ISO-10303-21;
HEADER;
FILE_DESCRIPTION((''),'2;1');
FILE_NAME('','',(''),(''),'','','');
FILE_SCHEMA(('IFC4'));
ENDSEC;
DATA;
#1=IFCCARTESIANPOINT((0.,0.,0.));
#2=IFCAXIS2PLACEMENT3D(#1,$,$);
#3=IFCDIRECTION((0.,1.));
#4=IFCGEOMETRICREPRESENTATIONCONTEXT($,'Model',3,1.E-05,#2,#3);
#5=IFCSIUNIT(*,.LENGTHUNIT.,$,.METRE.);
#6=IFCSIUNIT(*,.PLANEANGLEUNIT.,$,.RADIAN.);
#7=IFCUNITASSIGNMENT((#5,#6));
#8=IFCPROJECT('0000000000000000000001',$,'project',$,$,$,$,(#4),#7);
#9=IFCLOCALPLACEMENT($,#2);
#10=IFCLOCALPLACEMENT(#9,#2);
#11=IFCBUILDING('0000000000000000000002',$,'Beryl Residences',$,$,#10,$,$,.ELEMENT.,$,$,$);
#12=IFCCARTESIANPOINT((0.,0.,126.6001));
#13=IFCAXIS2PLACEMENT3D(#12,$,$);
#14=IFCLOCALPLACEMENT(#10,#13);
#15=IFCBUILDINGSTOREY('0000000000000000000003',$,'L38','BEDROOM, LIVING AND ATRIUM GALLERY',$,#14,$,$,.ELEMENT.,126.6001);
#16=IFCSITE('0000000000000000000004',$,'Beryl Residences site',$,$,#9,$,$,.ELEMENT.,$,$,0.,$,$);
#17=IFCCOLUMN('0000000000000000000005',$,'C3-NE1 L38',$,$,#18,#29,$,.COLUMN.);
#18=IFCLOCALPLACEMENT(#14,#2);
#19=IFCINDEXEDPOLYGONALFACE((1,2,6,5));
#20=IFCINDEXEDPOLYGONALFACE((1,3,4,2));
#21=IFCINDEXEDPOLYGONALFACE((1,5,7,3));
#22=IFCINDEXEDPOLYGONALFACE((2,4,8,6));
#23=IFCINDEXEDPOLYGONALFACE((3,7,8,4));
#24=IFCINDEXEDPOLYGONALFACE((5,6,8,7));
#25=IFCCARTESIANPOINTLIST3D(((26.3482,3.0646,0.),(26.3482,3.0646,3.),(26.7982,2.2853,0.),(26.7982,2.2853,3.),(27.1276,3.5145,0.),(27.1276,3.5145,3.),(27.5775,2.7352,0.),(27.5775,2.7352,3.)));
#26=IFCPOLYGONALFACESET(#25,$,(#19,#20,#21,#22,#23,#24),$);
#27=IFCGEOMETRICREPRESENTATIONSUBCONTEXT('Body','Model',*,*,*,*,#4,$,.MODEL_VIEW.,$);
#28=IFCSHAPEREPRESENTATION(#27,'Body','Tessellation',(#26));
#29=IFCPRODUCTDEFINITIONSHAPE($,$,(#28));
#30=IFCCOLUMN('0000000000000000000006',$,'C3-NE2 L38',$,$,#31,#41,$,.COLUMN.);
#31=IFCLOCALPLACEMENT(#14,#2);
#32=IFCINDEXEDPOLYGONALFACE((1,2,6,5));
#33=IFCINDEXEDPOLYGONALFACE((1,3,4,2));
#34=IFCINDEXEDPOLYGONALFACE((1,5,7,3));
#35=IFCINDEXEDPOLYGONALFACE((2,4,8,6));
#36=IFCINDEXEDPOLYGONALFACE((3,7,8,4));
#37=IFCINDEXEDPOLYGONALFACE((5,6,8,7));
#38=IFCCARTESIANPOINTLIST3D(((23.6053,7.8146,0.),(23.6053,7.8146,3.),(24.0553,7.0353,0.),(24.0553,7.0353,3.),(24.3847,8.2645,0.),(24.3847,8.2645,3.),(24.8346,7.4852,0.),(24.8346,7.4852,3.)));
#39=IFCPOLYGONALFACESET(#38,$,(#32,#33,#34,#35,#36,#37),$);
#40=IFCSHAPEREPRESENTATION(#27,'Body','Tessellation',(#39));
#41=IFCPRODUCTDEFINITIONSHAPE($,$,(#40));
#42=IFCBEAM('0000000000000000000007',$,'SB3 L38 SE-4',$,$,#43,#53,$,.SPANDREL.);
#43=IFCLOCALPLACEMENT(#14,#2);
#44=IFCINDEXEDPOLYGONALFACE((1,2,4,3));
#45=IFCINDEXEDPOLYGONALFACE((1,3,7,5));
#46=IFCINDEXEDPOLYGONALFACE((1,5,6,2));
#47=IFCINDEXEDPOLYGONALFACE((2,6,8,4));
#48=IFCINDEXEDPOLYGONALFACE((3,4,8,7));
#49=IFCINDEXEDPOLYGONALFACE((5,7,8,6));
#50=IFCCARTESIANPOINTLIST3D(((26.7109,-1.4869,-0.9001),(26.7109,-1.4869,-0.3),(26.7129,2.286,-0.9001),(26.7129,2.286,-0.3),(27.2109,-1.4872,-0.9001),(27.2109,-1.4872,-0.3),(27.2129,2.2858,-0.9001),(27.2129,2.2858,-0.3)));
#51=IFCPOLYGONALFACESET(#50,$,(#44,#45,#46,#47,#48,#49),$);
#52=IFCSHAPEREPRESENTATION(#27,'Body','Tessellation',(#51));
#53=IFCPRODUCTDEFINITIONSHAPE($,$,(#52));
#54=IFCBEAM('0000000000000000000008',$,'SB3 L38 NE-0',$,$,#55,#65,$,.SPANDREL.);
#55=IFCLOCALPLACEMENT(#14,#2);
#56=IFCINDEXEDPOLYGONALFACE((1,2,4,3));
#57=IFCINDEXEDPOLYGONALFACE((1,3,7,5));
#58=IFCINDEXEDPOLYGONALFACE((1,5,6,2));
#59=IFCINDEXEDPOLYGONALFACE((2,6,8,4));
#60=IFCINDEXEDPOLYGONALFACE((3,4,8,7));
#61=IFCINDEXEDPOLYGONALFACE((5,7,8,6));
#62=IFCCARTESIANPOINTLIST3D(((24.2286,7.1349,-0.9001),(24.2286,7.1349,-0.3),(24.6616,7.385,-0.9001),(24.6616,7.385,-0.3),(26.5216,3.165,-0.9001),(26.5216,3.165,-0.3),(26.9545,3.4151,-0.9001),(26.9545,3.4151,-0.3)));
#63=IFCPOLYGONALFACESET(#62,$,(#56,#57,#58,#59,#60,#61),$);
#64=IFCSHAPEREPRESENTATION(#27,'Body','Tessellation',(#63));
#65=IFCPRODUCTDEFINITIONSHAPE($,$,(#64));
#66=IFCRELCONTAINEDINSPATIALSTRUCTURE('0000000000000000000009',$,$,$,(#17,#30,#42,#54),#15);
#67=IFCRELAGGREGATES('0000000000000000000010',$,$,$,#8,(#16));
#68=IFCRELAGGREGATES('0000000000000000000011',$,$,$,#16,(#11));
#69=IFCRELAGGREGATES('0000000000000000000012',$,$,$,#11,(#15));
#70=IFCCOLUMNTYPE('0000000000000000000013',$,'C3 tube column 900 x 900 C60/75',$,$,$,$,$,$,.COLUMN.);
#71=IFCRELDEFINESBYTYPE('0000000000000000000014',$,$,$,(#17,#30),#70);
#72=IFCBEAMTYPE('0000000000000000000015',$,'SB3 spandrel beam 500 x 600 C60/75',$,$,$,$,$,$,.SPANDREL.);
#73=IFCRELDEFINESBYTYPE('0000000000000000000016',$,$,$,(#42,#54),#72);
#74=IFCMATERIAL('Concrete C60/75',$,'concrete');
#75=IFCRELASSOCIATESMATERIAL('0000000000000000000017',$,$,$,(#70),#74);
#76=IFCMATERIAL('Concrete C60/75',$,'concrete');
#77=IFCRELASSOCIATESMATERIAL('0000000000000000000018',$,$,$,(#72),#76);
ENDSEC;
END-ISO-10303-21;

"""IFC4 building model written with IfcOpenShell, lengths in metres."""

from ifc_helpers import new_model, si_unit, direction, frame, origin, origin_2d, place, context, subcontext, project, spatial, rectangle, extrude, material, material_profile, profile_set, type_object, element, save


model = new_model("IFC4")

# Units and contexts
model_context = context("Model", 3, precision=1e-05, world=origin(), true_north=direction((0.0, 1.0)))
body_context = subcontext(model_context, "Body", "Model", "MODEL_VIEW")
ifc_project = project(units=[si_unit("LENGTHUNIT", "METRE"), si_unit("PLANEANGLEUNIT", "RADIAN")], contexts=[model_context])

# Site, building, storey
site_placement = place(None, origin())
site = spatial("IfcSite", under=ifc_project, at=site_placement, Name="Beryl Residences site", CompositionType="ELEMENT", RefElevation=0.0)
building_placement = place(site_placement, origin())
building = spatial("IfcBuilding", under=site, at=building_placement, Name="Beryl Residences", CompositionType="ELEMENT")
storey_placement = place(building_placement, frame((0.0, 0.0, 126.6001)))
storey = spatial("IfcBuildingStorey", under=building, at=storey_placement, Name="L38", Description="BEDROOM, LIVING AND ATRIUM GALLERY", CompositionType="ELEMENT", Elevation=126.6001)

# Columns
ifc_material_1 = material(Name="Concrete C60/75", Category="concrete")
ifc_material_profile_1 = material_profile(ifc_material_1, rectangle(XDim=0.8999, YDim=0.8999, at=origin_2d()))
ifc_profile_set_1 = profile_set([ifc_material_profile_1], Name="Concrete C60/75")
column_type = type_object("IfcColumnType", Name="C3 tube column 900 x 900 C60/75", PredefinedType="COLUMN", material=ifc_profile_set_1)
for number, where, z_axis, x_axis, name in (
    (1, (26.9629, 2.8999, 0.0), (0.0, 0.0, 1.0), (-0.5, 0.866025, 0.0), "C3-NE1 L38"),
    (2, (24.22, 7.6499, 0.0), (0.0, 0.0, 1.0), (-0.5, 0.866025, 0.0), "C3-NE2 L38"),
):
    element("IfcColumn", number, at=place(storey_placement, frame(where, z_axis=z_axis, x_axis=x_axis)), inside=storey, type_object=column_type, Name=name, PredefinedType="COLUMN", context=body_context, shape_type="SweptSolid", body=[
        extrude(rectangle(XDim=0.8999, YDim=0.8999, at=origin_2d()), origin(), (0.0, 0.0, 1.0), 3.0),
    ])

# Beams
ifc_material_2 = material(Name="Concrete C60/75", Category="concrete")
ifc_material_profile_2 = material_profile(ifc_material_2, rectangle(XDim=0.5, YDim=0.6001, at=origin_2d()))
ifc_profile_set_2 = profile_set([ifc_material_profile_2], Name="Concrete C60/75")
beam_type = type_object("IfcBeamType", Name="SB3 spandrel beam 500 x 600 C60/75", PredefinedType="SPANDREL", material=ifc_profile_set_2)
beam_1_placement = place(storey_placement, frame((26.9609, -1.4871, -0.6001), z_axis=(0.000518, 1.0, 0.0), x_axis=(-1.0, 0.000518, 0.0)))
element("IfcBeam", 3, at=beam_1_placement, inside=storey, type_object=beam_type, Name="SB3 L38 SE-4", PredefinedType="SPANDREL", context=body_context, shape_type="SweptSolid", body=[
    extrude(rectangle(XDim=0.5, YDim=0.6001, at=origin_2d()), origin(), (0.0, 0.0, 1.0), 3.7729),
])
beam_2_placement = place(storey_placement, frame((26.738, 3.29, -0.6001), z_axis=(-0.500148, 0.86594, 0.0), x_axis=(-0.86594, -0.500148, 0.0)))
element("IfcBeam", 4, at=beam_2_placement, inside=storey, type_object=beam_type, Name="SB3 L38 NE-0", PredefinedType="SPANDREL", context=body_context, shape_type="SweptSolid", body=[
    extrude(rectangle(XDim=0.5, YDim=0.6001, at=origin_2d()), origin(), (0.0, 0.0, 1.0), 4.5845),
])

save(model, "model.ifc")
